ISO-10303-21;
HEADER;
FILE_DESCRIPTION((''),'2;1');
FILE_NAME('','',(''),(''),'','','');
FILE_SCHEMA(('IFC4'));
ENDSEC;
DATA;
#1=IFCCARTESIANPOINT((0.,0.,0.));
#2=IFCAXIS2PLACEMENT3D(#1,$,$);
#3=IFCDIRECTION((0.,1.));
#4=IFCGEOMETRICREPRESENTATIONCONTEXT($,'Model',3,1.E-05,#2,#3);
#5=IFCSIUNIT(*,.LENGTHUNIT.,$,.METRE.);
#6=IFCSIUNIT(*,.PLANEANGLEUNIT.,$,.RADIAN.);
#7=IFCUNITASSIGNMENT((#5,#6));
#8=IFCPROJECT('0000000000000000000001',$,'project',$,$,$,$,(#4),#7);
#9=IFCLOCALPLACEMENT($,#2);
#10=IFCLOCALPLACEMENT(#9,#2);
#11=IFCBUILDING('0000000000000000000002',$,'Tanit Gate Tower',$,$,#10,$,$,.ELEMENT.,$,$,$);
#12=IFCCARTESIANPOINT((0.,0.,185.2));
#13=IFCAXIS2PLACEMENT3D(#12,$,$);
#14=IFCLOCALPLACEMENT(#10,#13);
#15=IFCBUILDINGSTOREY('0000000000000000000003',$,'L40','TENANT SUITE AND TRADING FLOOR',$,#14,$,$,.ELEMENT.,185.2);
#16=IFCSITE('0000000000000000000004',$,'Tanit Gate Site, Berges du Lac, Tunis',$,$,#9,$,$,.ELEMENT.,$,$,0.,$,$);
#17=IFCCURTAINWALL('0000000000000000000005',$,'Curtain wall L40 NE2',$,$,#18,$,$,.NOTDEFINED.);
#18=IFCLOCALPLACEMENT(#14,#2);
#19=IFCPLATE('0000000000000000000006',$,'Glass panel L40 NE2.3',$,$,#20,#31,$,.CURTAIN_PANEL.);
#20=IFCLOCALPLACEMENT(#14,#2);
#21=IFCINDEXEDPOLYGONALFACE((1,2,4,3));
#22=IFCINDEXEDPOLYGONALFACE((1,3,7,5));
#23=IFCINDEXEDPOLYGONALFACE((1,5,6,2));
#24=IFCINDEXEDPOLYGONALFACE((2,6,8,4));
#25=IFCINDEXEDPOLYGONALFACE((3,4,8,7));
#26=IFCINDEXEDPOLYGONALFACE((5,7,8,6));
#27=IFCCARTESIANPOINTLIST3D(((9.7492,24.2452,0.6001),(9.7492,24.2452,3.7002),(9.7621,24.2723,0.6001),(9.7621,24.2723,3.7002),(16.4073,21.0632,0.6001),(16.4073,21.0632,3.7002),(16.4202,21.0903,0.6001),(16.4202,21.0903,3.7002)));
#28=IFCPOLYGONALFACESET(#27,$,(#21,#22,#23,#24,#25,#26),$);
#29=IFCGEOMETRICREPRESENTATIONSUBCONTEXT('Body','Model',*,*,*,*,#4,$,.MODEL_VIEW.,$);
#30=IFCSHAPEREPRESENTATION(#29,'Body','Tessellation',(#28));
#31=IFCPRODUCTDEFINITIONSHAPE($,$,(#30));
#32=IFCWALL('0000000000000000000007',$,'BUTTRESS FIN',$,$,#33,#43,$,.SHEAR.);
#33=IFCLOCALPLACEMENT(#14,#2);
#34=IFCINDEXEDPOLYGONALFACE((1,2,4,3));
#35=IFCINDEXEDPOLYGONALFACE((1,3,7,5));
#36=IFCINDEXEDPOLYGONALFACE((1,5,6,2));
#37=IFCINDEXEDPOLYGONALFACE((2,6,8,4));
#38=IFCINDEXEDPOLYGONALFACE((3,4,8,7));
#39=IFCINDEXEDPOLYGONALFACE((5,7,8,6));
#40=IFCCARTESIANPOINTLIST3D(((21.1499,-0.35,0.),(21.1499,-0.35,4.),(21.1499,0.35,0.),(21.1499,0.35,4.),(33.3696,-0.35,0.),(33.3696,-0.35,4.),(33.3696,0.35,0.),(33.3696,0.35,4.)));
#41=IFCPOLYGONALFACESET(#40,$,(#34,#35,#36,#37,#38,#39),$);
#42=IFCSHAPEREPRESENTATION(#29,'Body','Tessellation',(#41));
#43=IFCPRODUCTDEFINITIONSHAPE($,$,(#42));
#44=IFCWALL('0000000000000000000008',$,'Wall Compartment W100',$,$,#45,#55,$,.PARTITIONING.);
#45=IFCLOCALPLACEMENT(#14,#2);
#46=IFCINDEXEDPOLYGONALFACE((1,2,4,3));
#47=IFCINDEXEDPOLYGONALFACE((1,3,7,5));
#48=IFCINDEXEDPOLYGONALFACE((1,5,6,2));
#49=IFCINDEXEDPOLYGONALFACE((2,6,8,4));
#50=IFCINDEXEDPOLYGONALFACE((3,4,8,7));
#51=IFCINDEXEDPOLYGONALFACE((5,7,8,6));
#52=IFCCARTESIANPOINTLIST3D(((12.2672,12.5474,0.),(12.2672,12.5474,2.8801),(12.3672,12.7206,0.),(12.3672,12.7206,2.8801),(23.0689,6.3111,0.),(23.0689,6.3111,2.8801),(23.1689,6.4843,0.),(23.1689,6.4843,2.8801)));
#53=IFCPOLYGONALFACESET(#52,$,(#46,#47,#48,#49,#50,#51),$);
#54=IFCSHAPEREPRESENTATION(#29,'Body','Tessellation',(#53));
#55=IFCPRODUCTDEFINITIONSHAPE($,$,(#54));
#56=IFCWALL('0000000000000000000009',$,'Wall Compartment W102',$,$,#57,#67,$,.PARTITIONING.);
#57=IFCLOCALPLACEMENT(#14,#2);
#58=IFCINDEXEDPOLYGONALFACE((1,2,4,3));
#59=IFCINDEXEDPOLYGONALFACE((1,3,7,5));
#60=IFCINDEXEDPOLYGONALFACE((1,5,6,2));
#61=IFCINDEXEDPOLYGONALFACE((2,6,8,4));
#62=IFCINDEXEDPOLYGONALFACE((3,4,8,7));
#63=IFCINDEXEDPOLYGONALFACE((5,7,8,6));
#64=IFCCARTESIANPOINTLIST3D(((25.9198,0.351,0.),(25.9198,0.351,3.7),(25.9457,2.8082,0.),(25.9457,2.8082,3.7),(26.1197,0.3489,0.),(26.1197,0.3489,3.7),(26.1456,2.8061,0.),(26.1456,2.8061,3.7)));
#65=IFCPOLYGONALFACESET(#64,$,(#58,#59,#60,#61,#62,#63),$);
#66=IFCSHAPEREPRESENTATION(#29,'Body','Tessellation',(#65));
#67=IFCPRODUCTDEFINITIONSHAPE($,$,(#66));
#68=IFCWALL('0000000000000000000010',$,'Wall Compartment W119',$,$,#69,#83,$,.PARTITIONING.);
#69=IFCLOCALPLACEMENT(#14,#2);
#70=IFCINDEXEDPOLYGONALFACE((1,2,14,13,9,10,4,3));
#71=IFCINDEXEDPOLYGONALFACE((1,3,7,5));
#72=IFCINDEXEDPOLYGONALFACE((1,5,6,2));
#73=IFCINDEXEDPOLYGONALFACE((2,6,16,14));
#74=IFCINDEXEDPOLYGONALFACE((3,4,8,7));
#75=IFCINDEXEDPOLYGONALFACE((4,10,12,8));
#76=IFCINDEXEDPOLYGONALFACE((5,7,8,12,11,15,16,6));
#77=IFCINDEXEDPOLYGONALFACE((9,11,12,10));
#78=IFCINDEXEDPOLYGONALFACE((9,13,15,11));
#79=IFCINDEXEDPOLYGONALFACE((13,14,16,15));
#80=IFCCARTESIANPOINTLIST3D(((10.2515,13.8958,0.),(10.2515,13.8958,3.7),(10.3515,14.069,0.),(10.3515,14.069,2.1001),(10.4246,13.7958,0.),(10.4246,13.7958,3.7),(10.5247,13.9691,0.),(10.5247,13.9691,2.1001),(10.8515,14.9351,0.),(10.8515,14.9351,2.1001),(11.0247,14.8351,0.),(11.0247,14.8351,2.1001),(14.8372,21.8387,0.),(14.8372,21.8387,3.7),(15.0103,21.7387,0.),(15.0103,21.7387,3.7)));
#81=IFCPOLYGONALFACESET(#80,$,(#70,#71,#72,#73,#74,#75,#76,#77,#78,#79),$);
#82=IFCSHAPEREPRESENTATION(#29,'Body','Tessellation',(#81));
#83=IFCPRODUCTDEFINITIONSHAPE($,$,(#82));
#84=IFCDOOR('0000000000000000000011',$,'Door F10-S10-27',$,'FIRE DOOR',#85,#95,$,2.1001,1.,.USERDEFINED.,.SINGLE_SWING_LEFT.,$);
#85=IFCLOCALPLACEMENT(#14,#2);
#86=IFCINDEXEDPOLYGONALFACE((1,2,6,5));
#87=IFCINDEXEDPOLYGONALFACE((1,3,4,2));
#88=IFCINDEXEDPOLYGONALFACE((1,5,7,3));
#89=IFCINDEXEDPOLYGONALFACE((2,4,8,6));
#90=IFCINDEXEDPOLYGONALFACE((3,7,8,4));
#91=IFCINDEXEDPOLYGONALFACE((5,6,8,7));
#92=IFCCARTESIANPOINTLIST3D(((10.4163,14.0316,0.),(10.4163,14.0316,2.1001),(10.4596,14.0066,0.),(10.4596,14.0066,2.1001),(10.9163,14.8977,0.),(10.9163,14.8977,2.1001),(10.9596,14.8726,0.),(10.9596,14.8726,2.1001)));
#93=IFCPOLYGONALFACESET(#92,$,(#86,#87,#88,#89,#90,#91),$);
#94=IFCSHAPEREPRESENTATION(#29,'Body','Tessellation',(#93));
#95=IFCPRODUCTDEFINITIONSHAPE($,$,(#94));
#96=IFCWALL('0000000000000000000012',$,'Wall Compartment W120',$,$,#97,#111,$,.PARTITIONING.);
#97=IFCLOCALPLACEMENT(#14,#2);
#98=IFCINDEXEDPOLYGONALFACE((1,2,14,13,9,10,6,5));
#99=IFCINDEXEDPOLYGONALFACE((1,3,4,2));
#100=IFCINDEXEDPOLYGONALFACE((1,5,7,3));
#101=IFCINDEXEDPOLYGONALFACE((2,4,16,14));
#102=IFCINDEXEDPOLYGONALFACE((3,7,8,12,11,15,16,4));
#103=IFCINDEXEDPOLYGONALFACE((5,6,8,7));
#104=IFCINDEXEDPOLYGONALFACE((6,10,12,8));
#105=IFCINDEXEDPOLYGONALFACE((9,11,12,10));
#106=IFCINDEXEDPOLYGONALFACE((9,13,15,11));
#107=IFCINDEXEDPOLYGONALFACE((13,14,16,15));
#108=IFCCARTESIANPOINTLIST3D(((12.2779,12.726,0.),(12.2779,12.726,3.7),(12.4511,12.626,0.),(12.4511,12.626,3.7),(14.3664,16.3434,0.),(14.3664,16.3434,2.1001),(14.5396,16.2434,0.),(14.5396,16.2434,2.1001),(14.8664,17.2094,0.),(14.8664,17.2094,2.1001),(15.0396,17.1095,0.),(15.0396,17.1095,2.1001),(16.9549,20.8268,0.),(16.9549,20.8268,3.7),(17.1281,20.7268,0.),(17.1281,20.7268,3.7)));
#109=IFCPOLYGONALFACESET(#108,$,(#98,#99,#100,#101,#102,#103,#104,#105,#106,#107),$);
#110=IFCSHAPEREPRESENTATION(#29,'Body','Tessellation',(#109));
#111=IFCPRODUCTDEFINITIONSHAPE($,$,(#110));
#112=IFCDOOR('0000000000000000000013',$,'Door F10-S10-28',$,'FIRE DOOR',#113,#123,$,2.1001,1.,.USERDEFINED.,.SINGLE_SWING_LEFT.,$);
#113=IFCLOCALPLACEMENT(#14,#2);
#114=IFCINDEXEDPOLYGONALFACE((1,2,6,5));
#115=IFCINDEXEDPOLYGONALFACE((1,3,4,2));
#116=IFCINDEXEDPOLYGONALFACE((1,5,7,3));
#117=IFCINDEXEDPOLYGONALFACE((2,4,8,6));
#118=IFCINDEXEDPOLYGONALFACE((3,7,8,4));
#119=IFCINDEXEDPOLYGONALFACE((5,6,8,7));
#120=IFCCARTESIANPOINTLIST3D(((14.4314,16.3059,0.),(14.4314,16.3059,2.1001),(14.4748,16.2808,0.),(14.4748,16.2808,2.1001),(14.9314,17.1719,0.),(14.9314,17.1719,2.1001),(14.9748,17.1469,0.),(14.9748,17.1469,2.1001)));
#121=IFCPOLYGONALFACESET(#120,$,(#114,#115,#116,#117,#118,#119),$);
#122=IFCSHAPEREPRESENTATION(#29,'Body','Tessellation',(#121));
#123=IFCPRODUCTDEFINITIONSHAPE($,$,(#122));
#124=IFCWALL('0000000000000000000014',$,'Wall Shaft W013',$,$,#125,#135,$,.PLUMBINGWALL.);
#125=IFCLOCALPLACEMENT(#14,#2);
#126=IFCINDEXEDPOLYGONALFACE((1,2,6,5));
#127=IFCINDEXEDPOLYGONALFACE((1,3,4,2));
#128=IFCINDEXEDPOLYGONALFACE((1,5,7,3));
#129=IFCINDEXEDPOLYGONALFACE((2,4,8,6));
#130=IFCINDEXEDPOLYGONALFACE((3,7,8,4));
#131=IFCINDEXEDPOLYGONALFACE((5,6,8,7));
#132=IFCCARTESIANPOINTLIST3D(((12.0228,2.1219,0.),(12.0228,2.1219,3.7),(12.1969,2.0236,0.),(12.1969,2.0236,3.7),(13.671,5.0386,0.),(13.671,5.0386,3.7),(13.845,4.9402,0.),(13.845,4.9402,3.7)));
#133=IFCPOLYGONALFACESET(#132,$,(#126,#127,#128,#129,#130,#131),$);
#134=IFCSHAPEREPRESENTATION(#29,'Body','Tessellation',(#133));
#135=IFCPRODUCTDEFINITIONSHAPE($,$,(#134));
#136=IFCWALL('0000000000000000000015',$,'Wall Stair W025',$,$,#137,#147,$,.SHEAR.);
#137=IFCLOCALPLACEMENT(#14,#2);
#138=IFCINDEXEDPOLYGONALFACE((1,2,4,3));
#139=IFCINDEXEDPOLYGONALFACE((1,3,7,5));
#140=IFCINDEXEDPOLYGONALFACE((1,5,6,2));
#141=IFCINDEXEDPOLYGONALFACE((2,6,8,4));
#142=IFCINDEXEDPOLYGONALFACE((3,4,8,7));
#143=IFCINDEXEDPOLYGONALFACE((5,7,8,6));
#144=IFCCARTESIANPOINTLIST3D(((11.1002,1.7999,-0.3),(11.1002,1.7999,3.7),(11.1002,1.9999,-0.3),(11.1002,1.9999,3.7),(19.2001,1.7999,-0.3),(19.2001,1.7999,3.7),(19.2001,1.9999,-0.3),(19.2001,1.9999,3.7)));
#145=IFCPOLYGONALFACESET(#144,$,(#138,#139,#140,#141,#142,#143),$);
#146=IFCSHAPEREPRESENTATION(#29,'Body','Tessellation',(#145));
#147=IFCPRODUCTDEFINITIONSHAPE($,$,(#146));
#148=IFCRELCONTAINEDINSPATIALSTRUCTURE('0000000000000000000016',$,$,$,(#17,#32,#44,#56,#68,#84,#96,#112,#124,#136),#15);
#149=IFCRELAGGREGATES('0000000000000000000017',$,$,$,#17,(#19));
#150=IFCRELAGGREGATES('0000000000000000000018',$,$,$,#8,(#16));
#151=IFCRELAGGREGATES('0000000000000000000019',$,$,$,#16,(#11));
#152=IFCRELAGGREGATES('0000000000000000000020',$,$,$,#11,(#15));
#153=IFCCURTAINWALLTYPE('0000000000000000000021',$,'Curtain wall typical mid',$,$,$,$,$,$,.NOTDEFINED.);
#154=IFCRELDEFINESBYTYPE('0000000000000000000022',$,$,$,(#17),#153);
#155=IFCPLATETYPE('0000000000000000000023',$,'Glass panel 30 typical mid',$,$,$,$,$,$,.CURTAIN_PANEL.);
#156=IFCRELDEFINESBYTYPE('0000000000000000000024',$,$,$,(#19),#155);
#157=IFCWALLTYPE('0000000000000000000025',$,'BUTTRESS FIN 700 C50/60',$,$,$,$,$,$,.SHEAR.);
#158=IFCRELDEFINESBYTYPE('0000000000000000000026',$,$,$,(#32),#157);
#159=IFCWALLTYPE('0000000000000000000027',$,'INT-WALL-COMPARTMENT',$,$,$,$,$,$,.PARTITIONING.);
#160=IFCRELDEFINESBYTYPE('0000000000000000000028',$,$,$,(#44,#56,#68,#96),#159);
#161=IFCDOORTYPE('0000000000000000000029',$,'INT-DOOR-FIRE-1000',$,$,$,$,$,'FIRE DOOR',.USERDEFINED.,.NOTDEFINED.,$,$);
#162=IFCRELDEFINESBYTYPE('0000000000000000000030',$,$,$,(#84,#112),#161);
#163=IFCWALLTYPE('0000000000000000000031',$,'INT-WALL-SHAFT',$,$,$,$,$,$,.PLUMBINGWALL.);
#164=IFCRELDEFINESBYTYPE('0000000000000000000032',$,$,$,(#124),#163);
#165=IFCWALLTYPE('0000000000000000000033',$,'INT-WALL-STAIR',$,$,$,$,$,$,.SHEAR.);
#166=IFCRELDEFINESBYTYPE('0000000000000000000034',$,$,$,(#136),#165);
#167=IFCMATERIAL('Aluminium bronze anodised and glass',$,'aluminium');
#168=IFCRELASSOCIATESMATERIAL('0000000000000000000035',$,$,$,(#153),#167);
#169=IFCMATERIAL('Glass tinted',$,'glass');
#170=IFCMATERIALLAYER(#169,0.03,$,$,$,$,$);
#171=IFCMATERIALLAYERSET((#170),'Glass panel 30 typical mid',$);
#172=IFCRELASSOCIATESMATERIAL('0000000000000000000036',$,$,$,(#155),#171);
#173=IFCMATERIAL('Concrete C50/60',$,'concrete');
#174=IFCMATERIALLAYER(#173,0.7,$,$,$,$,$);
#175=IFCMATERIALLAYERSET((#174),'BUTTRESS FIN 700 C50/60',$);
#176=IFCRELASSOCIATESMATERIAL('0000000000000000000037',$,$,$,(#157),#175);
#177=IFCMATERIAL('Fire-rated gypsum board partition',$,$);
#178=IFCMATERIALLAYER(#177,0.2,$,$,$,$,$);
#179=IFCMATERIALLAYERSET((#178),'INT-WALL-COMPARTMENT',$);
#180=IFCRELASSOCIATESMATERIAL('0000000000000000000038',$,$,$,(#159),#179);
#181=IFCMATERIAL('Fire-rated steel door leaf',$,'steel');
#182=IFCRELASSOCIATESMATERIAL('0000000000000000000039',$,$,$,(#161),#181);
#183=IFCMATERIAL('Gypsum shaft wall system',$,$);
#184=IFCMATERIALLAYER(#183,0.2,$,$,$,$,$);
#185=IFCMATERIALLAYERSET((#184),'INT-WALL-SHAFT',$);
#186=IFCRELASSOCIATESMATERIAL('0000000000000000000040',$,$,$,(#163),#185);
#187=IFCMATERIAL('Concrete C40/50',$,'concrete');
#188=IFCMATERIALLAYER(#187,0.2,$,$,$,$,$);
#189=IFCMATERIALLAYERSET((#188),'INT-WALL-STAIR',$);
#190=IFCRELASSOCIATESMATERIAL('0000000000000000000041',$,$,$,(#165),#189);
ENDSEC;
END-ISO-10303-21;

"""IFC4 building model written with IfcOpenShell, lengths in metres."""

from ifc_helpers import new_model, si_unit, direction, frame, frame_2d, origin, origin_2d, place, context, subcontext, project, spatial, rectangle, extrude, material, layer, layer_set, type_object, element, fill, aggregate, save


model = new_model("IFC4")

# Units and contexts
model_context = context("Model", 3, precision=1e-05, world=origin(), true_north=direction((0.0, 1.0)))
body_context = subcontext(model_context, "Body", "Model", "MODEL_VIEW")
ifc_project = project(units=[si_unit("LENGTHUNIT", "METRE"), si_unit("PLANEANGLEUNIT", "RADIAN")], contexts=[model_context])

# Site, building, storey
site_placement = place(None, origin())
site = spatial("IfcSite", under=ifc_project, at=site_placement, Name="Tanit Gate Site, Berges du Lac, Tunis", CompositionType="ELEMENT", RefElevation=0.0)
building_placement = place(site_placement, origin())
building = spatial("IfcBuilding", under=site, at=building_placement, Name="Tanit Gate Tower", CompositionType="ELEMENT")
storey_placement = place(building_placement, frame((0.0, 0.0, 185.2)))
storey = spatial("IfcBuildingStorey", under=building, at=storey_placement, Name="L40", Description="TENANT SUITE AND TRADING FLOOR", CompositionType="ELEMENT", Elevation=185.2)

# Curtain wall
ifc_material_1 = material(Name="Aluminium bronze anodised and glass", Category="aluminium")
curtain_wall_type = type_object("IfcCurtainWallType", Name="Curtain wall typical mid", PredefinedType="NOTDEFINED", material=ifc_material_1)
curtain_wall_placement = place(storey_placement, origin())
curtain_wall = element("IfcCurtainWall", 1, at=curtain_wall_placement, inside=storey, type_object=curtain_wall_type, Name="Curtain wall L40 NE2", PredefinedType="NOTDEFINED")

# Plate
ifc_material_2 = material(Name="Glass tinted", Category="glass")
ifc_layer_1 = layer(ifc_material_2, 0.03)
ifc_layer_set_1 = layer_set([ifc_layer_1], Name="Glass panel 30 typical mid")
plate_type = type_object("IfcPlateType", Name="Glass panel 30 typical mid", PredefinedType="CURTAIN_PANEL", material=ifc_layer_set_1)
plate_1_placement = place(storey_placement, frame((13.0847, 22.6677, 0.6001), z_axis=(0.0, 0.0, 1.0), x_axis=(-0.902258, 0.431197, 0.0)))
plate_1 = element("IfcPlate", 2, at=plate_1_placement, type_object=plate_type, Name="Glass panel L40 NE2.3", PredefinedType="CURTAIN_PANEL", context=body_context, shape_type="SweptSolid", body=[
    extrude(rectangle(XDim=7.3794, YDim=0.03, at=origin_2d()), origin(), (0.0, 0.0, 1.0), 3.1001),
])
aggregate(curtain_wall, [plate_1])

# Wall
ifc_material_3 = material(Name="Concrete C50/60", Category="concrete")
ifc_layer_2 = layer(ifc_material_3, 0.7)
ifc_layer_set_2 = layer_set([ifc_layer_2], Name="BUTTRESS FIN 700 C50/60")
wall_type_1 = type_object("IfcWallType", Name="BUTTRESS FIN 700 C50/60", PredefinedType="SHEAR", material=ifc_layer_set_2)
wall_1_placement = place(storey_placement, frame((21.1499, 0.0, 0.0), z_axis=(0.0, 0.0, 1.0), x_axis=(1.0, 0.0, 0.0)))
element("IfcWall", 3, at=wall_1_placement, inside=storey, type_object=wall_type_1, Name="BUTTRESS FIN", PredefinedType="SHEAR", context=body_context, shape_type="SweptSolid", body=[
    extrude(rectangle(XDim=12.2197, YDim=0.7, at=frame_2d((6.1099, 0.0))), origin(), (0.0, 0.0, 1.0), 4.0),
])

# Walls
ifc_material_4 = material(Name="Fire-rated gypsum board partition")
ifc_layer_3 = layer(ifc_material_4, 0.2)
ifc_layer_set_3 = layer_set([ifc_layer_3], Name="INT-WALL-COMPARTMENT")
wall_type_2 = type_object("IfcWallType", Name="INT-WALL-COMPARTMENT", PredefinedType="PARTITIONING", material=ifc_layer_set_3)
wall_2_placement = place(storey_placement, frame((23.1189, 6.3977, 0.0), z_axis=(0.0, 0.0, 1.0), x_axis=(-0.866028, 0.499996, 0.0)))
element("IfcWall", 4, at=wall_2_placement, inside=storey, type_object=wall_type_2, Name="Wall Compartment W100", PredefinedType="PARTITIONING", context=body_context, shape_type="SweptSolid", body=[
    extrude(rectangle(XDim=12.4727, YDim=0.2, at=frame_2d((6.2363, 0.0))), origin(), (0.0, 0.0, 1.0), 2.8801),
])
wall_3_placement = place(storey_placement, frame((26.0198, 0.3501, 0.0), z_axis=(0.0, 0.0, 1.0), x_axis=(0.010532, 0.999945, 0.0)))
element("IfcWall", 5, at=wall_3_placement, inside=storey, type_object=wall_type_2, Name="Wall Compartment W102", PredefinedType="PARTITIONING", context=body_context, shape_type="SweptSolid", body=[
    extrude(rectangle(XDim=2.4573, YDim=0.2, at=frame_2d((1.2285, 0.0))), origin(), (0.0, 0.0, 1.0), 3.7),
])

# Walls, openings, doors
wall_4_placement = place(storey_placement, frame((14.9238, 21.7888, 0.0), z_axis=(0.0, 0.0, 1.0), x_axis=(-0.49999, -0.866031, 0.0)))
wall_4 = element("IfcWall", 6, at=wall_4_placement, inside=storey, type_object=wall_type_2, Name="Wall Compartment W119", PredefinedType="PARTITIONING", context=body_context, shape_type="SweptSolid", body=[
    extrude(rectangle(XDim=9.1716, YDim=0.2, at=frame_2d((4.5859, 0.0))), origin(), (0.0, 0.0, 1.0), 3.7),
])
opening_1_placement = place(wall_4_placement, frame((7.9717, 0.0, 0.0)))
opening_1 = element("IfcOpeningElement", 7, at=opening_1_placement, cuts=wall_4, PredefinedType="OPENING", context=body_context, shape_type="SweptSolid", body=[
    extrude(rectangle(XDim=1.0, YDim=2.1001, at=frame_2d((0.5, 1.05))), frame((0.0, 0.1099, 0.0), z_axis=(0.0, -1.0, 0.0), x_axis=(1.0, 0.0, 0.0)), (0.0, 0.0, 1.0), 0.22),
])
ifc_material_5 = material(Name="Fire-rated steel door leaf", Category="steel")
door_type_1 = type_object("IfcDoorType", Name="INT-DOOR-FIRE-1000", ElementType="FIRE DOOR", OperationType="NOTDEFINED", PredefinedType="USERDEFINED", material=ifc_material_5)
door_1_placement = place(opening_1_placement, origin())
door_1 = element("IfcDoor", 8, at=door_1_placement, inside=storey, type_object=door_type_1, Name="Door F10-S10-27", ObjectType="FIRE DOOR", OperationType="SINGLE_SWING_LEFT", OverallHeight=2.1001, OverallWidth=1.0, PredefinedType="USERDEFINED", context=body_context, shape_type="SweptSolid", body=[
    extrude(rectangle(XDim=1.0, YDim=2.1001, at=frame_2d((0.5, 1.05))), frame((0.0, 0.0249, 0.0), z_axis=(0.0, -1.0, 0.0), x_axis=(1.0, 0.0, 0.0)), (0.0, 0.0, 1.0), 0.05),
])
fill(opening_1, door_1)
wall_5_placement = place(storey_placement, frame((12.3645, 12.676, 0.0), z_axis=(0.0, 0.0, 1.0), x_axis=(0.499999, 0.866026, 0.0)))
wall_5 = element("IfcWall", 9, at=wall_5_placement, inside=storey, type_object=wall_type_2, Name="Wall Compartment W120", PredefinedType="PARTITIONING", context=body_context, shape_type="SweptSolid", body=[
    extrude(rectangle(XDim=9.354, YDim=0.2, at=frame_2d((4.677, 0.0))), origin(), (0.0, 0.0, 1.0), 3.7),
])
opening_2_placement = place(wall_5_placement, frame((4.177, 0.0, 0.0)))
opening_2 = element("IfcOpeningElement", 10, at=opening_2_placement, cuts=wall_5, PredefinedType="OPENING", context=body_context, shape_type="SweptSolid", body=[
    extrude(rectangle(XDim=1.0, YDim=2.1001, at=frame_2d((0.5, 1.05))), frame((0.0, 0.1099, 0.0), z_axis=(0.0, -1.0, 0.0), x_axis=(1.0, 0.0, 0.0)), (0.0, 0.0, 1.0), 0.22),
])
door_2_placement = place(opening_2_placement, origin())
door_2 = element("IfcDoor", 11, at=door_2_placement, inside=storey, type_object=door_type_1, Name="Door F10-S10-28", ObjectType="FIRE DOOR", OperationType="SINGLE_SWING_LEFT", OverallHeight=2.1001, OverallWidth=1.0, PredefinedType="USERDEFINED", context=body_context, shape_type="SweptSolid", body=[
    extrude(rectangle(XDim=1.0, YDim=2.1001, at=frame_2d((0.5, 1.05))), frame((0.0, 0.0249, 0.0), z_axis=(0.0, -1.0, 0.0), x_axis=(1.0, 0.0, 0.0)), (0.0, 0.0, 1.0), 0.05),
])
fill(opening_2, door_2)

# Walls
ifc_material_6 = material(Name="Gypsum shaft wall system")
ifc_layer_4 = layer(ifc_material_6, 0.2)
ifc_layer_set_4 = layer_set([ifc_layer_4], Name="INT-WALL-SHAFT")
wall_type_3 = type_object("IfcWallType", Name="INT-WALL-SHAFT", PredefinedType="PLUMBINGWALL", material=ifc_layer_set_4)
wall_6_placement = place(storey_placement, frame((12.1099, 2.0728, 0.0), z_axis=(0.0, 0.0, 1.0), x_axis=(0.491966, 0.870614, 0.0)))
element("IfcWall", 12, at=wall_6_placement, inside=storey, type_object=wall_type_3, Name="Wall Shaft W013", PredefinedType="PLUMBINGWALL", context=body_context, shape_type="SweptSolid", body=[
    extrude(rectangle(XDim=3.3501, YDim=0.2, at=frame_2d((1.675, 0.0))), origin(), (0.0, 0.0, 1.0), 3.7),
])
ifc_material_7 = material(Name="Concrete C40/50", Category="concrete")
ifc_layer_5 = layer(ifc_material_7, 0.2)
ifc_layer_set_5 = layer_set([ifc_layer_5], Name="INT-WALL-STAIR")
wall_type_4 = type_object("IfcWallType", Name="INT-WALL-STAIR", PredefinedType="SHEAR", material=ifc_layer_set_5)
wall_7_placement = place(storey_placement, frame((19.2, 1.8999, -0.3), z_axis=(0.0, 0.0, 1.0), x_axis=(-1.0, 0.0, 0.0)))
element("IfcWall", 13, at=wall_7_placement, inside=storey, type_object=wall_type_4, Name="Wall Stair W025", PredefinedType="SHEAR", context=body_context, shape_type="SweptSolid", body=[
    extrude(rectangle(XDim=8.0999, YDim=0.2, at=frame_2d((4.0498, 0.0))), origin(), (0.0, 0.0, 1.0), 4.0),
])

save(model, "model.ifc")
